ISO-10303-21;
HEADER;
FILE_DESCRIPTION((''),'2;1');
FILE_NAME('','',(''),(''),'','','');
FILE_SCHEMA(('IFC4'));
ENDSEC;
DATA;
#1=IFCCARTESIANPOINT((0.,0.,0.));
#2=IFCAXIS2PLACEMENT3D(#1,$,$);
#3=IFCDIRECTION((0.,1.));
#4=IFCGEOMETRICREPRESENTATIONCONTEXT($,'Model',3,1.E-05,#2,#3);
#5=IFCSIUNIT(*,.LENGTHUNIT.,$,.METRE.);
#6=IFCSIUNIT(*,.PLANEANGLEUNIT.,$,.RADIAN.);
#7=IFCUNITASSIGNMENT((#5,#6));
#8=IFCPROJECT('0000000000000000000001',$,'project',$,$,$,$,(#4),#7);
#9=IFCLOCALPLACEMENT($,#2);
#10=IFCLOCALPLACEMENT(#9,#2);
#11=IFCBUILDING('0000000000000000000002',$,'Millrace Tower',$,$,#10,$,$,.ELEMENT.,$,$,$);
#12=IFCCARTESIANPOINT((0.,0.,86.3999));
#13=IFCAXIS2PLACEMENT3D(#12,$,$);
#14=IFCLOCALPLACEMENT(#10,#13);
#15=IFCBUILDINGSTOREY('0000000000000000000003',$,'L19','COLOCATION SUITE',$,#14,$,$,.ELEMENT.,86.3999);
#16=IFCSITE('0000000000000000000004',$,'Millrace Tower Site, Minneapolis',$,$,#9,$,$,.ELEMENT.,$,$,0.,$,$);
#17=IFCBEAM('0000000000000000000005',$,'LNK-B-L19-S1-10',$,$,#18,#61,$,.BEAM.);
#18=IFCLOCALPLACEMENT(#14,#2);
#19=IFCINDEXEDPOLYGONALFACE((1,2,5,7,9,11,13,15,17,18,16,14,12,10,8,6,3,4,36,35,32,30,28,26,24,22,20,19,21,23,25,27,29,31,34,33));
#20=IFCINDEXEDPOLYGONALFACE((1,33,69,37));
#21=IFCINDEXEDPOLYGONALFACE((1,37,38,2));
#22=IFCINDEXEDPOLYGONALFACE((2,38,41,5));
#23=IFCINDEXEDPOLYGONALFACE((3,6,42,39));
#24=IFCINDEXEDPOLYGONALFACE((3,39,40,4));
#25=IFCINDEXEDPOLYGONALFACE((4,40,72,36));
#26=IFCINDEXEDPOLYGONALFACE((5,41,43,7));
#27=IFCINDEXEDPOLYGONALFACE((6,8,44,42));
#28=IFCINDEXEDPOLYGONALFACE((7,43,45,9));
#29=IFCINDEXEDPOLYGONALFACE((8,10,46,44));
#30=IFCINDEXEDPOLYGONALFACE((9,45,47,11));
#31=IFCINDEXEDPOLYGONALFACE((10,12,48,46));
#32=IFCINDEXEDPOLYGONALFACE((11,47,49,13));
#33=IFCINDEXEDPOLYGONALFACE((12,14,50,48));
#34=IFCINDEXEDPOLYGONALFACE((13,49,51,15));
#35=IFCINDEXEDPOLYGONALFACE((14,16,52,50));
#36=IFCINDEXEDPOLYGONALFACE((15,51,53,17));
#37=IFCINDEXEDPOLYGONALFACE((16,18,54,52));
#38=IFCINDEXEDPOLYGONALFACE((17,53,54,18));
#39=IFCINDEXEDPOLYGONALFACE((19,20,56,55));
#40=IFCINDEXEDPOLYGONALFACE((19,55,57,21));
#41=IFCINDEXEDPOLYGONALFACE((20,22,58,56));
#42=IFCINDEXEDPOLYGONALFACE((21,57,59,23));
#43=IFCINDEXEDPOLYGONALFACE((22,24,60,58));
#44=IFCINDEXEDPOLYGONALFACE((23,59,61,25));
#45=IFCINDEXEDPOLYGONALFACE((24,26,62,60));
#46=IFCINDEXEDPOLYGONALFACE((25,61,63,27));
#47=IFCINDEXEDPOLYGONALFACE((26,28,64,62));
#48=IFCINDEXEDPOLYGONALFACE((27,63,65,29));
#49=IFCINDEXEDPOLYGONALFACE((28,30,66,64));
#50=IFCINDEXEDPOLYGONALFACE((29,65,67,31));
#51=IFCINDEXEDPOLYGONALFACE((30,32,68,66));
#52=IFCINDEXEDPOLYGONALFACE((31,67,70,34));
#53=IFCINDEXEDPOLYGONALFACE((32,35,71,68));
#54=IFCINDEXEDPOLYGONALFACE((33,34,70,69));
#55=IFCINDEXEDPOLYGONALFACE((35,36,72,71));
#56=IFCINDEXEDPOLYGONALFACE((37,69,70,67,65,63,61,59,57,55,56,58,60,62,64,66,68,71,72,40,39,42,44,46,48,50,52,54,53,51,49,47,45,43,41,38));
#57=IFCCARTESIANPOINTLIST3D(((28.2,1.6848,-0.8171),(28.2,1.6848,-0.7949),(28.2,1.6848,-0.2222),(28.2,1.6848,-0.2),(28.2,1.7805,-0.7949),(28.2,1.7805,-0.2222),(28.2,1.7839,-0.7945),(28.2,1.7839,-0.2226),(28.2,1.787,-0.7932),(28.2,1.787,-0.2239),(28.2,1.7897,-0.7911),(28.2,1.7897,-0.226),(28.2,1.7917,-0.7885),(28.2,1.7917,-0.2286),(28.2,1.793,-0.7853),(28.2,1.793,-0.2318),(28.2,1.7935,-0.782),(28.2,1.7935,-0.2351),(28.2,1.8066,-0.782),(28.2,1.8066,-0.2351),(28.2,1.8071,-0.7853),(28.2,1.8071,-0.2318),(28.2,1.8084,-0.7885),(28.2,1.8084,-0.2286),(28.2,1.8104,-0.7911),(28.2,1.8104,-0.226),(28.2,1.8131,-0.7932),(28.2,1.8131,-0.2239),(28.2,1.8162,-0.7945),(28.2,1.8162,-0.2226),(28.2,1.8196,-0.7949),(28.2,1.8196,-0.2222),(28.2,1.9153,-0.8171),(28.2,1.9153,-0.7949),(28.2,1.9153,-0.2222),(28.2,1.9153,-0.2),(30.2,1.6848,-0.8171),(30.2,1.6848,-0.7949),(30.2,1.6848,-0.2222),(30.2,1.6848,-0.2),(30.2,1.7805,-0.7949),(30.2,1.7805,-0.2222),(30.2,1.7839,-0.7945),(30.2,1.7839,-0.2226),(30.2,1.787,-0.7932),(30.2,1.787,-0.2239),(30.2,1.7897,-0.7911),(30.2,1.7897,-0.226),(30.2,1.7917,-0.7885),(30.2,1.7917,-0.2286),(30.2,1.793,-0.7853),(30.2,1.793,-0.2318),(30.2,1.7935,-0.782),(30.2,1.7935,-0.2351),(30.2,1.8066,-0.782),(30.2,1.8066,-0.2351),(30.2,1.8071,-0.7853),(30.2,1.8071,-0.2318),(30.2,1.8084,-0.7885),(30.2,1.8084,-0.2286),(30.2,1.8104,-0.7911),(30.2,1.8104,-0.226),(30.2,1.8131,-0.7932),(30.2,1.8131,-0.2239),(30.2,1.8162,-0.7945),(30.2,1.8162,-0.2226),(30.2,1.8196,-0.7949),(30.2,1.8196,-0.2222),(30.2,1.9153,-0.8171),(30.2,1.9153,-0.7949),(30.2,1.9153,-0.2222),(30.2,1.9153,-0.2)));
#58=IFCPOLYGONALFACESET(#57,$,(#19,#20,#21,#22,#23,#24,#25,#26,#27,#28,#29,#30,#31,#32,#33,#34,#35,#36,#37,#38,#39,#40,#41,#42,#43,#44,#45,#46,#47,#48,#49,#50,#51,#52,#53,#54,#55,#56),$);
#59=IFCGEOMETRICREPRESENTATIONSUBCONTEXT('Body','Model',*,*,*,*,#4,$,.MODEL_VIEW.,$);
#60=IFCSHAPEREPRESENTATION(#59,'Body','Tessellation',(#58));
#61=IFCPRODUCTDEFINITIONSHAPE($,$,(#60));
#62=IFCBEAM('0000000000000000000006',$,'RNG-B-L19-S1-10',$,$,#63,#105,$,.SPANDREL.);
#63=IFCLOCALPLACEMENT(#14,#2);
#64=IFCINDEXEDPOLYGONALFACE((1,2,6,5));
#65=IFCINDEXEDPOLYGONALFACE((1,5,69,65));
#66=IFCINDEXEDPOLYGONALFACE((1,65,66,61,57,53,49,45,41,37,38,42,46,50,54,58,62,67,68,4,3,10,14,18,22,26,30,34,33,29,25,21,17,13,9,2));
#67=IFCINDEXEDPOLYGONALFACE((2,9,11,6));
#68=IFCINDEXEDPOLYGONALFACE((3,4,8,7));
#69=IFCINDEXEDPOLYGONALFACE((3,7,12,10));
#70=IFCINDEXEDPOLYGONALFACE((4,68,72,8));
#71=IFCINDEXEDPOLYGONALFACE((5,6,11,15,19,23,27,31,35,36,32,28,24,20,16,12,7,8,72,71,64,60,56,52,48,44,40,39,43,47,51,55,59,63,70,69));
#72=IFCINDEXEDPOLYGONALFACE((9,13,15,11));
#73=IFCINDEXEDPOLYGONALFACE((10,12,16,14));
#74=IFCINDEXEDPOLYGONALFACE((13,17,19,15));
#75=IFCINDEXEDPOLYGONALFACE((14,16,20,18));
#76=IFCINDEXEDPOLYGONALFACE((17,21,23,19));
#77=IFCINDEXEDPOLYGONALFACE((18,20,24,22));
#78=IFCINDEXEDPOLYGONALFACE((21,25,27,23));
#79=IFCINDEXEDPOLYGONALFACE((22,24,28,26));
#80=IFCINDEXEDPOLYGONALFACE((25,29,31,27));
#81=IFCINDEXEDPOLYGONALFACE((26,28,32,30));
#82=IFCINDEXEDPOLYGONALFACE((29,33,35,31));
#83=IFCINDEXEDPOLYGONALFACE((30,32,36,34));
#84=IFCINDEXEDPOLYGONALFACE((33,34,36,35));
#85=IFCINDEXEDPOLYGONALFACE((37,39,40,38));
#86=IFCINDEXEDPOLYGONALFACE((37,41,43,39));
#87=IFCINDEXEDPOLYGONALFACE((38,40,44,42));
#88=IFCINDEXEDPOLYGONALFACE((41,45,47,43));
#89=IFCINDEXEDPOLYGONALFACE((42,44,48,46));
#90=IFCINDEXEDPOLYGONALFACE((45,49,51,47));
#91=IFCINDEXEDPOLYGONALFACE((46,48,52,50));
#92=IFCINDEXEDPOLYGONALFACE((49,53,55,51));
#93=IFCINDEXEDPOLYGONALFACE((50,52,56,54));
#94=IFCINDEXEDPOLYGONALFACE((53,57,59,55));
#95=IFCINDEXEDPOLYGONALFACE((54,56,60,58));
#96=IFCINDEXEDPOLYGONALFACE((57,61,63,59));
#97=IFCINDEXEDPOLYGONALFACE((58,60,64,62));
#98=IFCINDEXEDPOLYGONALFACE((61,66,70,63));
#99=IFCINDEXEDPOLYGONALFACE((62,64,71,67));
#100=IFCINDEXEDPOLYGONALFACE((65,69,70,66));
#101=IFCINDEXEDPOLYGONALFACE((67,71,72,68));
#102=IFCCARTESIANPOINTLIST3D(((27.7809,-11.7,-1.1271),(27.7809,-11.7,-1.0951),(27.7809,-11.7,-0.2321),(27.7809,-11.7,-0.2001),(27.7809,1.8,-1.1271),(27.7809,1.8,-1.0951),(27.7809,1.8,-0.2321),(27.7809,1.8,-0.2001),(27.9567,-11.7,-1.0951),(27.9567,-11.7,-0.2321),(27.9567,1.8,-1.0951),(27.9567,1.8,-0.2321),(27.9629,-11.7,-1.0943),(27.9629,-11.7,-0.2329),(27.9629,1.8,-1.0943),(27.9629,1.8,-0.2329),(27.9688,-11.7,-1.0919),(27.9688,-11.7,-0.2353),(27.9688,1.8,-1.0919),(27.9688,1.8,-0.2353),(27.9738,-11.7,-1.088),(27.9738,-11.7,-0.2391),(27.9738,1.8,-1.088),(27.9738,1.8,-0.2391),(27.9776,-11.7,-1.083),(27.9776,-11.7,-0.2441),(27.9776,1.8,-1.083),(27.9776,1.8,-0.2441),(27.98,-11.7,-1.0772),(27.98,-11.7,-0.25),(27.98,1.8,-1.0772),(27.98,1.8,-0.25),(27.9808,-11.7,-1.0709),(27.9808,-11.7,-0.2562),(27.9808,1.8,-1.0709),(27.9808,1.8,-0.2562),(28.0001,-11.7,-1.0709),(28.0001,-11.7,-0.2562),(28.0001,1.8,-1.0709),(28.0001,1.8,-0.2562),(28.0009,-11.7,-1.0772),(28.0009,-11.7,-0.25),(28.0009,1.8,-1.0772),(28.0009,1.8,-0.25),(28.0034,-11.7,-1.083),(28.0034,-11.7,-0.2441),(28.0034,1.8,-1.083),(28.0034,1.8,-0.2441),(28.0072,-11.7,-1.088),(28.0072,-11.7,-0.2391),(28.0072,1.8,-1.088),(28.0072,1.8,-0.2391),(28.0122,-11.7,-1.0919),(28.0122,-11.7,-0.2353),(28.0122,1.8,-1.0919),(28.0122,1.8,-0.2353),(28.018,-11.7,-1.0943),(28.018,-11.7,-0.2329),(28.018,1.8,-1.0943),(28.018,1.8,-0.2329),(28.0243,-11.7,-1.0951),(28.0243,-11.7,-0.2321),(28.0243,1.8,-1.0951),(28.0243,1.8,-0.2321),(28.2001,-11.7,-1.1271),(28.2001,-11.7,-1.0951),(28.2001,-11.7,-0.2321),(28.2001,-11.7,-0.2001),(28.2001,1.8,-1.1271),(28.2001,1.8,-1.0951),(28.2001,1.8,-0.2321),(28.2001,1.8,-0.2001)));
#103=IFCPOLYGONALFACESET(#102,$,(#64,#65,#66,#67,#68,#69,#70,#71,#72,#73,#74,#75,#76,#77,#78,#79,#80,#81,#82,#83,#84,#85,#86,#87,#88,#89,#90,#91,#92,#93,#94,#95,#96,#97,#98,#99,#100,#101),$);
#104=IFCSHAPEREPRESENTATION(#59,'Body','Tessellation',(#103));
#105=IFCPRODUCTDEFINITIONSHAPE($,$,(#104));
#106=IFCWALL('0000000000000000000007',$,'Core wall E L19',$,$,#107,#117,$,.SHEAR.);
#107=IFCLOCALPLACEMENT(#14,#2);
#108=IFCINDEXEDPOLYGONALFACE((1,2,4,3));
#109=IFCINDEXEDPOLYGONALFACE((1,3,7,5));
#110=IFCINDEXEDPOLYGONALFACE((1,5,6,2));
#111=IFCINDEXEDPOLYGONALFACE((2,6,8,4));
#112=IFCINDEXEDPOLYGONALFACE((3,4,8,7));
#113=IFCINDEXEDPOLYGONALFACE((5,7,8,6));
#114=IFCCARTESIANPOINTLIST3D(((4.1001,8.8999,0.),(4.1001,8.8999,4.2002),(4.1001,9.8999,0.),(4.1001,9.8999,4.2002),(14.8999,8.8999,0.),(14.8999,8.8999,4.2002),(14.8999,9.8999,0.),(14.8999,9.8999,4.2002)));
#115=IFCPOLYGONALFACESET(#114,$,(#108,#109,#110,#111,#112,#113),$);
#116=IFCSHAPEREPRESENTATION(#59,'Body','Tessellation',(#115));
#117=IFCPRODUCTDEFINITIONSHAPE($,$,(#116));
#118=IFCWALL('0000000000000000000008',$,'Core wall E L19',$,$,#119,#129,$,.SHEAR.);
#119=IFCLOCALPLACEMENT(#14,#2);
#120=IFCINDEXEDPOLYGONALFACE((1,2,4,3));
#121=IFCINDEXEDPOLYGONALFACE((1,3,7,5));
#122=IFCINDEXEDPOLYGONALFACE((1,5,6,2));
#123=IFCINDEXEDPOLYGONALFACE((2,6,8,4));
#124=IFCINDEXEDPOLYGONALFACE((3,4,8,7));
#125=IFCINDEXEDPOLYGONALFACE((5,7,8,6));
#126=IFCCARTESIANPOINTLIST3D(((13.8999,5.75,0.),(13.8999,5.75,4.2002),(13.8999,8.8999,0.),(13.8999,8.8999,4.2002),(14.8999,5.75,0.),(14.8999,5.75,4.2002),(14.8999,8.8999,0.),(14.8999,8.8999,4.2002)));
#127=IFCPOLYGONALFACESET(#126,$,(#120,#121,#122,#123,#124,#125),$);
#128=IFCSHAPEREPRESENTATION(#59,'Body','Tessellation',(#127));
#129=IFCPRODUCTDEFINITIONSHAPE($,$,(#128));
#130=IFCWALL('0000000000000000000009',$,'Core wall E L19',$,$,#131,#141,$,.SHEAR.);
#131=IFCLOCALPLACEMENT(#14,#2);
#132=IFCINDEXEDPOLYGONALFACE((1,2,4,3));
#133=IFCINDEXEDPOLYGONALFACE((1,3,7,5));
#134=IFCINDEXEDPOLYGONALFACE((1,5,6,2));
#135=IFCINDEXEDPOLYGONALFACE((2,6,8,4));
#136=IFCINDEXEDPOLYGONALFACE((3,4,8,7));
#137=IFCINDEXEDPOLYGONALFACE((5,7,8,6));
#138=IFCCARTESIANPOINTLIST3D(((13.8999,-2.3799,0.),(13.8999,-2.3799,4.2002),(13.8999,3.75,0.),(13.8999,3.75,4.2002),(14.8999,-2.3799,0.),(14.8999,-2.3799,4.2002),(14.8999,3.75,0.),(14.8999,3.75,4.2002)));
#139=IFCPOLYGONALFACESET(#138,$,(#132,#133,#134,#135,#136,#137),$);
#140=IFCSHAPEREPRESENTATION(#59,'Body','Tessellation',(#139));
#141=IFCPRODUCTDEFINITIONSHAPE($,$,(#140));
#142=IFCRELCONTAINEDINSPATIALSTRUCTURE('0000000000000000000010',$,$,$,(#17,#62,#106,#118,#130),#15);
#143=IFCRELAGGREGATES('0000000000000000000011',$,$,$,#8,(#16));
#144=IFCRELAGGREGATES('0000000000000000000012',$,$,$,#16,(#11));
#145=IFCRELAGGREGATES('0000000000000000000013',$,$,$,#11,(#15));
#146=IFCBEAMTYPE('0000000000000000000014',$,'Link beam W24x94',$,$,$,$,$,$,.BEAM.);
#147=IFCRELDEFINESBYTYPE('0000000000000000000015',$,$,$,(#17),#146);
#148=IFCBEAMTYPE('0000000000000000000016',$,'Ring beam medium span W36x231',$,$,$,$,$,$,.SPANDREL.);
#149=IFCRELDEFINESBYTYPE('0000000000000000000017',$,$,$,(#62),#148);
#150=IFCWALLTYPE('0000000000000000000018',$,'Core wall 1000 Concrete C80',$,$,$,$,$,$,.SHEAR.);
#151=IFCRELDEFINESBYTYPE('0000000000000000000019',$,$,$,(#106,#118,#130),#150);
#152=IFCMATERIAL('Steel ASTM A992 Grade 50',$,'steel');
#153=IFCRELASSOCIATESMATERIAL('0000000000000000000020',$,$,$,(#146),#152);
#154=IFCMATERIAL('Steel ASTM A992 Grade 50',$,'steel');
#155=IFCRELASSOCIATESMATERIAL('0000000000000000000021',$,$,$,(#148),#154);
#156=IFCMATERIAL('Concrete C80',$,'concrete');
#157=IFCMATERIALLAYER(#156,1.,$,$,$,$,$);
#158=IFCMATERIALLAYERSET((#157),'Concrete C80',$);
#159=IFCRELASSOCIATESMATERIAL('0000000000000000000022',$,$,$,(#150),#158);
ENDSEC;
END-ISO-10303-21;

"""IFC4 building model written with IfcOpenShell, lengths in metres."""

from ifc_helpers import new_model, si_unit, direction, frame, frame_2d, origin, origin_2d, place, context, subcontext, project, spatial, rectangle, i_section, extrude, material, layer, layer_set, material_profile, profile_set, type_object, element, save


model = new_model("IFC4")

# Units and contexts
model_context = context("Model", 3, precision=1e-05, world=origin(), true_north=direction((0.0, 1.0)))
body_context = subcontext(model_context, "Body", "Model", "MODEL_VIEW")
ifc_project = project(units=[si_unit("LENGTHUNIT", "METRE"), si_unit("PLANEANGLEUNIT", "RADIAN")], contexts=[model_context])

# Site, building, storey
site_placement = place(None, origin())
site = spatial("IfcSite", under=ifc_project, at=site_placement, Name="Millrace Tower Site, Minneapolis", CompositionType="ELEMENT", RefElevation=0.0)
building_placement = place(site_placement, origin())
building = spatial("IfcBuilding", under=site, at=building_placement, Name="Millrace Tower", CompositionType="ELEMENT")
storey_placement = place(building_placement, frame((0.0, 0.0, 86.3999)))
storey = spatial("IfcBuildingStorey", under=building, at=storey_placement, Name="L19", Description="COLOCATION SUITE", CompositionType="ELEMENT", Elevation=86.3999)

# Beams
ifc_material_1 = material(Name="Steel ASTM A992 Grade 50", Category="steel")
ifc_material_profile_1 = material_profile(ifc_material_1, i_section(OverallWidth=0.2305, OverallDepth=0.6172, WebThickness=0.0132, FlangeThickness=0.0222, FilletRadius=0.0129, at=origin_2d()))
ifc_profile_set_1 = profile_set([ifc_material_profile_1], Name="Steel ASTM A992 Grade 50")
beam_type_1 = type_object("IfcBeamType", Name="Link beam W24x94", PredefinedType="BEAM", material=ifc_profile_set_1)
beam_1_placement = place(storey_placement, frame((28.2, 1.8, -0.5085), z_axis=(1.0, 0.0, 0.0), x_axis=(0.0, 1.0, 0.0)))
element("IfcBeam", 1, at=beam_1_placement, inside=storey, type_object=beam_type_1, Name="LNK-B-L19-S1-10", PredefinedType="BEAM", context=body_context, shape_type="SweptSolid", body=[
    extrude(i_section(OverallWidth=0.2305, OverallDepth=0.6172, WebThickness=0.0132, FlangeThickness=0.0222, FilletRadius=0.0129, at=origin_2d()), origin(), (0.0, 0.0, 1.0), 2.0),
])
ifc_material_2 = material(Name="Steel ASTM A992 Grade 50", Category="steel")
ifc_material_profile_2 = material_profile(ifc_material_2, i_section(OverallWidth=0.4192, OverallDepth=0.927, WebThickness=0.0193, FlangeThickness=0.032, FilletRadius=0.0242, at=origin_2d()))
ifc_profile_set_2 = profile_set([ifc_material_profile_2], Name="Steel ASTM A992 Grade 50")
beam_type_2 = type_object("IfcBeamType", Name="Ring beam medium span W36x231", PredefinedType="SPANDREL", material=ifc_profile_set_2)
beam_2_placement = place(storey_placement, frame((27.9905, 1.8, -0.6636), z_axis=(0.0, -1.0, 0.0), x_axis=(1.0, 0.0, 0.0)))
element("IfcBeam", 2, at=beam_2_placement, inside=storey, type_object=beam_type_2, Name="RNG-B-L19-S1-10", PredefinedType="SPANDREL", context=body_context, shape_type="SweptSolid", body=[
    extrude(i_section(OverallWidth=0.4192, OverallDepth=0.927, WebThickness=0.0193, FlangeThickness=0.032, FilletRadius=0.0242, at=origin_2d()), origin(), (0.0, 0.0, 1.0), 13.5),
])

# Walls
ifc_material_3 = material(Name="Concrete C80", Category="concrete")
ifc_layer_1 = layer(ifc_material_3, 1.0)
ifc_layer_set_1 = layer_set([ifc_layer_1], Name="Concrete C80")
wall_type_1 = type_object("IfcWallType", Name="Core wall 1000 Concrete C80", PredefinedType="SHEAR", material=ifc_layer_set_1)
wall_1_placement = place(storey_placement, frame((14.8999, 9.3999, 0.0), z_axis=(0.0, 0.0, 1.0), x_axis=(-1.0, 0.0, 0.0)))
element("IfcWall", 3, at=wall_1_placement, inside=storey, type_object=wall_type_1, Name="Core wall E L19", PredefinedType="SHEAR", context=body_context, shape_type="SweptSolid", body=[
    extrude(rectangle(XDim=10.7998, YDim=1.0, at=frame_2d((5.3999, 0.0))), origin(), (0.0, 0.0, 1.0), 4.2002),
])
wall_2_placement = place(storey_placement, frame((14.3999, 8.8999, 0.0), z_axis=(0.0, 0.0, 1.0), x_axis=(0.0, -1.0, 0.0)))
element("IfcWall", 4, at=wall_2_placement, inside=storey, type_object=wall_type_1, Name="Core wall E L19", PredefinedType="SHEAR", context=body_context, shape_type="SweptSolid", body=[
    extrude(rectangle(XDim=3.1499, YDim=1.0, at=frame_2d((1.575, 0.0))), origin(), (0.0, 0.0, 1.0), 4.2002),
])
wall_3_placement = place(storey_placement, frame((14.3999, 3.75, 0.0), z_axis=(0.0, 0.0, 1.0), x_axis=(0.0, -1.0, 0.0)))
element("IfcWall", 5, at=wall_3_placement, inside=storey, type_object=wall_type_1, Name="Core wall E L19", PredefinedType="SHEAR", context=body_context, shape_type="SweptSolid", body=[
    extrude(rectangle(XDim=6.1299, YDim=1.0, at=frame_2d((3.0649, 0.0))), origin(), (0.0, 0.0, 1.0), 4.2002),
])

save(model, "model.ifc")
